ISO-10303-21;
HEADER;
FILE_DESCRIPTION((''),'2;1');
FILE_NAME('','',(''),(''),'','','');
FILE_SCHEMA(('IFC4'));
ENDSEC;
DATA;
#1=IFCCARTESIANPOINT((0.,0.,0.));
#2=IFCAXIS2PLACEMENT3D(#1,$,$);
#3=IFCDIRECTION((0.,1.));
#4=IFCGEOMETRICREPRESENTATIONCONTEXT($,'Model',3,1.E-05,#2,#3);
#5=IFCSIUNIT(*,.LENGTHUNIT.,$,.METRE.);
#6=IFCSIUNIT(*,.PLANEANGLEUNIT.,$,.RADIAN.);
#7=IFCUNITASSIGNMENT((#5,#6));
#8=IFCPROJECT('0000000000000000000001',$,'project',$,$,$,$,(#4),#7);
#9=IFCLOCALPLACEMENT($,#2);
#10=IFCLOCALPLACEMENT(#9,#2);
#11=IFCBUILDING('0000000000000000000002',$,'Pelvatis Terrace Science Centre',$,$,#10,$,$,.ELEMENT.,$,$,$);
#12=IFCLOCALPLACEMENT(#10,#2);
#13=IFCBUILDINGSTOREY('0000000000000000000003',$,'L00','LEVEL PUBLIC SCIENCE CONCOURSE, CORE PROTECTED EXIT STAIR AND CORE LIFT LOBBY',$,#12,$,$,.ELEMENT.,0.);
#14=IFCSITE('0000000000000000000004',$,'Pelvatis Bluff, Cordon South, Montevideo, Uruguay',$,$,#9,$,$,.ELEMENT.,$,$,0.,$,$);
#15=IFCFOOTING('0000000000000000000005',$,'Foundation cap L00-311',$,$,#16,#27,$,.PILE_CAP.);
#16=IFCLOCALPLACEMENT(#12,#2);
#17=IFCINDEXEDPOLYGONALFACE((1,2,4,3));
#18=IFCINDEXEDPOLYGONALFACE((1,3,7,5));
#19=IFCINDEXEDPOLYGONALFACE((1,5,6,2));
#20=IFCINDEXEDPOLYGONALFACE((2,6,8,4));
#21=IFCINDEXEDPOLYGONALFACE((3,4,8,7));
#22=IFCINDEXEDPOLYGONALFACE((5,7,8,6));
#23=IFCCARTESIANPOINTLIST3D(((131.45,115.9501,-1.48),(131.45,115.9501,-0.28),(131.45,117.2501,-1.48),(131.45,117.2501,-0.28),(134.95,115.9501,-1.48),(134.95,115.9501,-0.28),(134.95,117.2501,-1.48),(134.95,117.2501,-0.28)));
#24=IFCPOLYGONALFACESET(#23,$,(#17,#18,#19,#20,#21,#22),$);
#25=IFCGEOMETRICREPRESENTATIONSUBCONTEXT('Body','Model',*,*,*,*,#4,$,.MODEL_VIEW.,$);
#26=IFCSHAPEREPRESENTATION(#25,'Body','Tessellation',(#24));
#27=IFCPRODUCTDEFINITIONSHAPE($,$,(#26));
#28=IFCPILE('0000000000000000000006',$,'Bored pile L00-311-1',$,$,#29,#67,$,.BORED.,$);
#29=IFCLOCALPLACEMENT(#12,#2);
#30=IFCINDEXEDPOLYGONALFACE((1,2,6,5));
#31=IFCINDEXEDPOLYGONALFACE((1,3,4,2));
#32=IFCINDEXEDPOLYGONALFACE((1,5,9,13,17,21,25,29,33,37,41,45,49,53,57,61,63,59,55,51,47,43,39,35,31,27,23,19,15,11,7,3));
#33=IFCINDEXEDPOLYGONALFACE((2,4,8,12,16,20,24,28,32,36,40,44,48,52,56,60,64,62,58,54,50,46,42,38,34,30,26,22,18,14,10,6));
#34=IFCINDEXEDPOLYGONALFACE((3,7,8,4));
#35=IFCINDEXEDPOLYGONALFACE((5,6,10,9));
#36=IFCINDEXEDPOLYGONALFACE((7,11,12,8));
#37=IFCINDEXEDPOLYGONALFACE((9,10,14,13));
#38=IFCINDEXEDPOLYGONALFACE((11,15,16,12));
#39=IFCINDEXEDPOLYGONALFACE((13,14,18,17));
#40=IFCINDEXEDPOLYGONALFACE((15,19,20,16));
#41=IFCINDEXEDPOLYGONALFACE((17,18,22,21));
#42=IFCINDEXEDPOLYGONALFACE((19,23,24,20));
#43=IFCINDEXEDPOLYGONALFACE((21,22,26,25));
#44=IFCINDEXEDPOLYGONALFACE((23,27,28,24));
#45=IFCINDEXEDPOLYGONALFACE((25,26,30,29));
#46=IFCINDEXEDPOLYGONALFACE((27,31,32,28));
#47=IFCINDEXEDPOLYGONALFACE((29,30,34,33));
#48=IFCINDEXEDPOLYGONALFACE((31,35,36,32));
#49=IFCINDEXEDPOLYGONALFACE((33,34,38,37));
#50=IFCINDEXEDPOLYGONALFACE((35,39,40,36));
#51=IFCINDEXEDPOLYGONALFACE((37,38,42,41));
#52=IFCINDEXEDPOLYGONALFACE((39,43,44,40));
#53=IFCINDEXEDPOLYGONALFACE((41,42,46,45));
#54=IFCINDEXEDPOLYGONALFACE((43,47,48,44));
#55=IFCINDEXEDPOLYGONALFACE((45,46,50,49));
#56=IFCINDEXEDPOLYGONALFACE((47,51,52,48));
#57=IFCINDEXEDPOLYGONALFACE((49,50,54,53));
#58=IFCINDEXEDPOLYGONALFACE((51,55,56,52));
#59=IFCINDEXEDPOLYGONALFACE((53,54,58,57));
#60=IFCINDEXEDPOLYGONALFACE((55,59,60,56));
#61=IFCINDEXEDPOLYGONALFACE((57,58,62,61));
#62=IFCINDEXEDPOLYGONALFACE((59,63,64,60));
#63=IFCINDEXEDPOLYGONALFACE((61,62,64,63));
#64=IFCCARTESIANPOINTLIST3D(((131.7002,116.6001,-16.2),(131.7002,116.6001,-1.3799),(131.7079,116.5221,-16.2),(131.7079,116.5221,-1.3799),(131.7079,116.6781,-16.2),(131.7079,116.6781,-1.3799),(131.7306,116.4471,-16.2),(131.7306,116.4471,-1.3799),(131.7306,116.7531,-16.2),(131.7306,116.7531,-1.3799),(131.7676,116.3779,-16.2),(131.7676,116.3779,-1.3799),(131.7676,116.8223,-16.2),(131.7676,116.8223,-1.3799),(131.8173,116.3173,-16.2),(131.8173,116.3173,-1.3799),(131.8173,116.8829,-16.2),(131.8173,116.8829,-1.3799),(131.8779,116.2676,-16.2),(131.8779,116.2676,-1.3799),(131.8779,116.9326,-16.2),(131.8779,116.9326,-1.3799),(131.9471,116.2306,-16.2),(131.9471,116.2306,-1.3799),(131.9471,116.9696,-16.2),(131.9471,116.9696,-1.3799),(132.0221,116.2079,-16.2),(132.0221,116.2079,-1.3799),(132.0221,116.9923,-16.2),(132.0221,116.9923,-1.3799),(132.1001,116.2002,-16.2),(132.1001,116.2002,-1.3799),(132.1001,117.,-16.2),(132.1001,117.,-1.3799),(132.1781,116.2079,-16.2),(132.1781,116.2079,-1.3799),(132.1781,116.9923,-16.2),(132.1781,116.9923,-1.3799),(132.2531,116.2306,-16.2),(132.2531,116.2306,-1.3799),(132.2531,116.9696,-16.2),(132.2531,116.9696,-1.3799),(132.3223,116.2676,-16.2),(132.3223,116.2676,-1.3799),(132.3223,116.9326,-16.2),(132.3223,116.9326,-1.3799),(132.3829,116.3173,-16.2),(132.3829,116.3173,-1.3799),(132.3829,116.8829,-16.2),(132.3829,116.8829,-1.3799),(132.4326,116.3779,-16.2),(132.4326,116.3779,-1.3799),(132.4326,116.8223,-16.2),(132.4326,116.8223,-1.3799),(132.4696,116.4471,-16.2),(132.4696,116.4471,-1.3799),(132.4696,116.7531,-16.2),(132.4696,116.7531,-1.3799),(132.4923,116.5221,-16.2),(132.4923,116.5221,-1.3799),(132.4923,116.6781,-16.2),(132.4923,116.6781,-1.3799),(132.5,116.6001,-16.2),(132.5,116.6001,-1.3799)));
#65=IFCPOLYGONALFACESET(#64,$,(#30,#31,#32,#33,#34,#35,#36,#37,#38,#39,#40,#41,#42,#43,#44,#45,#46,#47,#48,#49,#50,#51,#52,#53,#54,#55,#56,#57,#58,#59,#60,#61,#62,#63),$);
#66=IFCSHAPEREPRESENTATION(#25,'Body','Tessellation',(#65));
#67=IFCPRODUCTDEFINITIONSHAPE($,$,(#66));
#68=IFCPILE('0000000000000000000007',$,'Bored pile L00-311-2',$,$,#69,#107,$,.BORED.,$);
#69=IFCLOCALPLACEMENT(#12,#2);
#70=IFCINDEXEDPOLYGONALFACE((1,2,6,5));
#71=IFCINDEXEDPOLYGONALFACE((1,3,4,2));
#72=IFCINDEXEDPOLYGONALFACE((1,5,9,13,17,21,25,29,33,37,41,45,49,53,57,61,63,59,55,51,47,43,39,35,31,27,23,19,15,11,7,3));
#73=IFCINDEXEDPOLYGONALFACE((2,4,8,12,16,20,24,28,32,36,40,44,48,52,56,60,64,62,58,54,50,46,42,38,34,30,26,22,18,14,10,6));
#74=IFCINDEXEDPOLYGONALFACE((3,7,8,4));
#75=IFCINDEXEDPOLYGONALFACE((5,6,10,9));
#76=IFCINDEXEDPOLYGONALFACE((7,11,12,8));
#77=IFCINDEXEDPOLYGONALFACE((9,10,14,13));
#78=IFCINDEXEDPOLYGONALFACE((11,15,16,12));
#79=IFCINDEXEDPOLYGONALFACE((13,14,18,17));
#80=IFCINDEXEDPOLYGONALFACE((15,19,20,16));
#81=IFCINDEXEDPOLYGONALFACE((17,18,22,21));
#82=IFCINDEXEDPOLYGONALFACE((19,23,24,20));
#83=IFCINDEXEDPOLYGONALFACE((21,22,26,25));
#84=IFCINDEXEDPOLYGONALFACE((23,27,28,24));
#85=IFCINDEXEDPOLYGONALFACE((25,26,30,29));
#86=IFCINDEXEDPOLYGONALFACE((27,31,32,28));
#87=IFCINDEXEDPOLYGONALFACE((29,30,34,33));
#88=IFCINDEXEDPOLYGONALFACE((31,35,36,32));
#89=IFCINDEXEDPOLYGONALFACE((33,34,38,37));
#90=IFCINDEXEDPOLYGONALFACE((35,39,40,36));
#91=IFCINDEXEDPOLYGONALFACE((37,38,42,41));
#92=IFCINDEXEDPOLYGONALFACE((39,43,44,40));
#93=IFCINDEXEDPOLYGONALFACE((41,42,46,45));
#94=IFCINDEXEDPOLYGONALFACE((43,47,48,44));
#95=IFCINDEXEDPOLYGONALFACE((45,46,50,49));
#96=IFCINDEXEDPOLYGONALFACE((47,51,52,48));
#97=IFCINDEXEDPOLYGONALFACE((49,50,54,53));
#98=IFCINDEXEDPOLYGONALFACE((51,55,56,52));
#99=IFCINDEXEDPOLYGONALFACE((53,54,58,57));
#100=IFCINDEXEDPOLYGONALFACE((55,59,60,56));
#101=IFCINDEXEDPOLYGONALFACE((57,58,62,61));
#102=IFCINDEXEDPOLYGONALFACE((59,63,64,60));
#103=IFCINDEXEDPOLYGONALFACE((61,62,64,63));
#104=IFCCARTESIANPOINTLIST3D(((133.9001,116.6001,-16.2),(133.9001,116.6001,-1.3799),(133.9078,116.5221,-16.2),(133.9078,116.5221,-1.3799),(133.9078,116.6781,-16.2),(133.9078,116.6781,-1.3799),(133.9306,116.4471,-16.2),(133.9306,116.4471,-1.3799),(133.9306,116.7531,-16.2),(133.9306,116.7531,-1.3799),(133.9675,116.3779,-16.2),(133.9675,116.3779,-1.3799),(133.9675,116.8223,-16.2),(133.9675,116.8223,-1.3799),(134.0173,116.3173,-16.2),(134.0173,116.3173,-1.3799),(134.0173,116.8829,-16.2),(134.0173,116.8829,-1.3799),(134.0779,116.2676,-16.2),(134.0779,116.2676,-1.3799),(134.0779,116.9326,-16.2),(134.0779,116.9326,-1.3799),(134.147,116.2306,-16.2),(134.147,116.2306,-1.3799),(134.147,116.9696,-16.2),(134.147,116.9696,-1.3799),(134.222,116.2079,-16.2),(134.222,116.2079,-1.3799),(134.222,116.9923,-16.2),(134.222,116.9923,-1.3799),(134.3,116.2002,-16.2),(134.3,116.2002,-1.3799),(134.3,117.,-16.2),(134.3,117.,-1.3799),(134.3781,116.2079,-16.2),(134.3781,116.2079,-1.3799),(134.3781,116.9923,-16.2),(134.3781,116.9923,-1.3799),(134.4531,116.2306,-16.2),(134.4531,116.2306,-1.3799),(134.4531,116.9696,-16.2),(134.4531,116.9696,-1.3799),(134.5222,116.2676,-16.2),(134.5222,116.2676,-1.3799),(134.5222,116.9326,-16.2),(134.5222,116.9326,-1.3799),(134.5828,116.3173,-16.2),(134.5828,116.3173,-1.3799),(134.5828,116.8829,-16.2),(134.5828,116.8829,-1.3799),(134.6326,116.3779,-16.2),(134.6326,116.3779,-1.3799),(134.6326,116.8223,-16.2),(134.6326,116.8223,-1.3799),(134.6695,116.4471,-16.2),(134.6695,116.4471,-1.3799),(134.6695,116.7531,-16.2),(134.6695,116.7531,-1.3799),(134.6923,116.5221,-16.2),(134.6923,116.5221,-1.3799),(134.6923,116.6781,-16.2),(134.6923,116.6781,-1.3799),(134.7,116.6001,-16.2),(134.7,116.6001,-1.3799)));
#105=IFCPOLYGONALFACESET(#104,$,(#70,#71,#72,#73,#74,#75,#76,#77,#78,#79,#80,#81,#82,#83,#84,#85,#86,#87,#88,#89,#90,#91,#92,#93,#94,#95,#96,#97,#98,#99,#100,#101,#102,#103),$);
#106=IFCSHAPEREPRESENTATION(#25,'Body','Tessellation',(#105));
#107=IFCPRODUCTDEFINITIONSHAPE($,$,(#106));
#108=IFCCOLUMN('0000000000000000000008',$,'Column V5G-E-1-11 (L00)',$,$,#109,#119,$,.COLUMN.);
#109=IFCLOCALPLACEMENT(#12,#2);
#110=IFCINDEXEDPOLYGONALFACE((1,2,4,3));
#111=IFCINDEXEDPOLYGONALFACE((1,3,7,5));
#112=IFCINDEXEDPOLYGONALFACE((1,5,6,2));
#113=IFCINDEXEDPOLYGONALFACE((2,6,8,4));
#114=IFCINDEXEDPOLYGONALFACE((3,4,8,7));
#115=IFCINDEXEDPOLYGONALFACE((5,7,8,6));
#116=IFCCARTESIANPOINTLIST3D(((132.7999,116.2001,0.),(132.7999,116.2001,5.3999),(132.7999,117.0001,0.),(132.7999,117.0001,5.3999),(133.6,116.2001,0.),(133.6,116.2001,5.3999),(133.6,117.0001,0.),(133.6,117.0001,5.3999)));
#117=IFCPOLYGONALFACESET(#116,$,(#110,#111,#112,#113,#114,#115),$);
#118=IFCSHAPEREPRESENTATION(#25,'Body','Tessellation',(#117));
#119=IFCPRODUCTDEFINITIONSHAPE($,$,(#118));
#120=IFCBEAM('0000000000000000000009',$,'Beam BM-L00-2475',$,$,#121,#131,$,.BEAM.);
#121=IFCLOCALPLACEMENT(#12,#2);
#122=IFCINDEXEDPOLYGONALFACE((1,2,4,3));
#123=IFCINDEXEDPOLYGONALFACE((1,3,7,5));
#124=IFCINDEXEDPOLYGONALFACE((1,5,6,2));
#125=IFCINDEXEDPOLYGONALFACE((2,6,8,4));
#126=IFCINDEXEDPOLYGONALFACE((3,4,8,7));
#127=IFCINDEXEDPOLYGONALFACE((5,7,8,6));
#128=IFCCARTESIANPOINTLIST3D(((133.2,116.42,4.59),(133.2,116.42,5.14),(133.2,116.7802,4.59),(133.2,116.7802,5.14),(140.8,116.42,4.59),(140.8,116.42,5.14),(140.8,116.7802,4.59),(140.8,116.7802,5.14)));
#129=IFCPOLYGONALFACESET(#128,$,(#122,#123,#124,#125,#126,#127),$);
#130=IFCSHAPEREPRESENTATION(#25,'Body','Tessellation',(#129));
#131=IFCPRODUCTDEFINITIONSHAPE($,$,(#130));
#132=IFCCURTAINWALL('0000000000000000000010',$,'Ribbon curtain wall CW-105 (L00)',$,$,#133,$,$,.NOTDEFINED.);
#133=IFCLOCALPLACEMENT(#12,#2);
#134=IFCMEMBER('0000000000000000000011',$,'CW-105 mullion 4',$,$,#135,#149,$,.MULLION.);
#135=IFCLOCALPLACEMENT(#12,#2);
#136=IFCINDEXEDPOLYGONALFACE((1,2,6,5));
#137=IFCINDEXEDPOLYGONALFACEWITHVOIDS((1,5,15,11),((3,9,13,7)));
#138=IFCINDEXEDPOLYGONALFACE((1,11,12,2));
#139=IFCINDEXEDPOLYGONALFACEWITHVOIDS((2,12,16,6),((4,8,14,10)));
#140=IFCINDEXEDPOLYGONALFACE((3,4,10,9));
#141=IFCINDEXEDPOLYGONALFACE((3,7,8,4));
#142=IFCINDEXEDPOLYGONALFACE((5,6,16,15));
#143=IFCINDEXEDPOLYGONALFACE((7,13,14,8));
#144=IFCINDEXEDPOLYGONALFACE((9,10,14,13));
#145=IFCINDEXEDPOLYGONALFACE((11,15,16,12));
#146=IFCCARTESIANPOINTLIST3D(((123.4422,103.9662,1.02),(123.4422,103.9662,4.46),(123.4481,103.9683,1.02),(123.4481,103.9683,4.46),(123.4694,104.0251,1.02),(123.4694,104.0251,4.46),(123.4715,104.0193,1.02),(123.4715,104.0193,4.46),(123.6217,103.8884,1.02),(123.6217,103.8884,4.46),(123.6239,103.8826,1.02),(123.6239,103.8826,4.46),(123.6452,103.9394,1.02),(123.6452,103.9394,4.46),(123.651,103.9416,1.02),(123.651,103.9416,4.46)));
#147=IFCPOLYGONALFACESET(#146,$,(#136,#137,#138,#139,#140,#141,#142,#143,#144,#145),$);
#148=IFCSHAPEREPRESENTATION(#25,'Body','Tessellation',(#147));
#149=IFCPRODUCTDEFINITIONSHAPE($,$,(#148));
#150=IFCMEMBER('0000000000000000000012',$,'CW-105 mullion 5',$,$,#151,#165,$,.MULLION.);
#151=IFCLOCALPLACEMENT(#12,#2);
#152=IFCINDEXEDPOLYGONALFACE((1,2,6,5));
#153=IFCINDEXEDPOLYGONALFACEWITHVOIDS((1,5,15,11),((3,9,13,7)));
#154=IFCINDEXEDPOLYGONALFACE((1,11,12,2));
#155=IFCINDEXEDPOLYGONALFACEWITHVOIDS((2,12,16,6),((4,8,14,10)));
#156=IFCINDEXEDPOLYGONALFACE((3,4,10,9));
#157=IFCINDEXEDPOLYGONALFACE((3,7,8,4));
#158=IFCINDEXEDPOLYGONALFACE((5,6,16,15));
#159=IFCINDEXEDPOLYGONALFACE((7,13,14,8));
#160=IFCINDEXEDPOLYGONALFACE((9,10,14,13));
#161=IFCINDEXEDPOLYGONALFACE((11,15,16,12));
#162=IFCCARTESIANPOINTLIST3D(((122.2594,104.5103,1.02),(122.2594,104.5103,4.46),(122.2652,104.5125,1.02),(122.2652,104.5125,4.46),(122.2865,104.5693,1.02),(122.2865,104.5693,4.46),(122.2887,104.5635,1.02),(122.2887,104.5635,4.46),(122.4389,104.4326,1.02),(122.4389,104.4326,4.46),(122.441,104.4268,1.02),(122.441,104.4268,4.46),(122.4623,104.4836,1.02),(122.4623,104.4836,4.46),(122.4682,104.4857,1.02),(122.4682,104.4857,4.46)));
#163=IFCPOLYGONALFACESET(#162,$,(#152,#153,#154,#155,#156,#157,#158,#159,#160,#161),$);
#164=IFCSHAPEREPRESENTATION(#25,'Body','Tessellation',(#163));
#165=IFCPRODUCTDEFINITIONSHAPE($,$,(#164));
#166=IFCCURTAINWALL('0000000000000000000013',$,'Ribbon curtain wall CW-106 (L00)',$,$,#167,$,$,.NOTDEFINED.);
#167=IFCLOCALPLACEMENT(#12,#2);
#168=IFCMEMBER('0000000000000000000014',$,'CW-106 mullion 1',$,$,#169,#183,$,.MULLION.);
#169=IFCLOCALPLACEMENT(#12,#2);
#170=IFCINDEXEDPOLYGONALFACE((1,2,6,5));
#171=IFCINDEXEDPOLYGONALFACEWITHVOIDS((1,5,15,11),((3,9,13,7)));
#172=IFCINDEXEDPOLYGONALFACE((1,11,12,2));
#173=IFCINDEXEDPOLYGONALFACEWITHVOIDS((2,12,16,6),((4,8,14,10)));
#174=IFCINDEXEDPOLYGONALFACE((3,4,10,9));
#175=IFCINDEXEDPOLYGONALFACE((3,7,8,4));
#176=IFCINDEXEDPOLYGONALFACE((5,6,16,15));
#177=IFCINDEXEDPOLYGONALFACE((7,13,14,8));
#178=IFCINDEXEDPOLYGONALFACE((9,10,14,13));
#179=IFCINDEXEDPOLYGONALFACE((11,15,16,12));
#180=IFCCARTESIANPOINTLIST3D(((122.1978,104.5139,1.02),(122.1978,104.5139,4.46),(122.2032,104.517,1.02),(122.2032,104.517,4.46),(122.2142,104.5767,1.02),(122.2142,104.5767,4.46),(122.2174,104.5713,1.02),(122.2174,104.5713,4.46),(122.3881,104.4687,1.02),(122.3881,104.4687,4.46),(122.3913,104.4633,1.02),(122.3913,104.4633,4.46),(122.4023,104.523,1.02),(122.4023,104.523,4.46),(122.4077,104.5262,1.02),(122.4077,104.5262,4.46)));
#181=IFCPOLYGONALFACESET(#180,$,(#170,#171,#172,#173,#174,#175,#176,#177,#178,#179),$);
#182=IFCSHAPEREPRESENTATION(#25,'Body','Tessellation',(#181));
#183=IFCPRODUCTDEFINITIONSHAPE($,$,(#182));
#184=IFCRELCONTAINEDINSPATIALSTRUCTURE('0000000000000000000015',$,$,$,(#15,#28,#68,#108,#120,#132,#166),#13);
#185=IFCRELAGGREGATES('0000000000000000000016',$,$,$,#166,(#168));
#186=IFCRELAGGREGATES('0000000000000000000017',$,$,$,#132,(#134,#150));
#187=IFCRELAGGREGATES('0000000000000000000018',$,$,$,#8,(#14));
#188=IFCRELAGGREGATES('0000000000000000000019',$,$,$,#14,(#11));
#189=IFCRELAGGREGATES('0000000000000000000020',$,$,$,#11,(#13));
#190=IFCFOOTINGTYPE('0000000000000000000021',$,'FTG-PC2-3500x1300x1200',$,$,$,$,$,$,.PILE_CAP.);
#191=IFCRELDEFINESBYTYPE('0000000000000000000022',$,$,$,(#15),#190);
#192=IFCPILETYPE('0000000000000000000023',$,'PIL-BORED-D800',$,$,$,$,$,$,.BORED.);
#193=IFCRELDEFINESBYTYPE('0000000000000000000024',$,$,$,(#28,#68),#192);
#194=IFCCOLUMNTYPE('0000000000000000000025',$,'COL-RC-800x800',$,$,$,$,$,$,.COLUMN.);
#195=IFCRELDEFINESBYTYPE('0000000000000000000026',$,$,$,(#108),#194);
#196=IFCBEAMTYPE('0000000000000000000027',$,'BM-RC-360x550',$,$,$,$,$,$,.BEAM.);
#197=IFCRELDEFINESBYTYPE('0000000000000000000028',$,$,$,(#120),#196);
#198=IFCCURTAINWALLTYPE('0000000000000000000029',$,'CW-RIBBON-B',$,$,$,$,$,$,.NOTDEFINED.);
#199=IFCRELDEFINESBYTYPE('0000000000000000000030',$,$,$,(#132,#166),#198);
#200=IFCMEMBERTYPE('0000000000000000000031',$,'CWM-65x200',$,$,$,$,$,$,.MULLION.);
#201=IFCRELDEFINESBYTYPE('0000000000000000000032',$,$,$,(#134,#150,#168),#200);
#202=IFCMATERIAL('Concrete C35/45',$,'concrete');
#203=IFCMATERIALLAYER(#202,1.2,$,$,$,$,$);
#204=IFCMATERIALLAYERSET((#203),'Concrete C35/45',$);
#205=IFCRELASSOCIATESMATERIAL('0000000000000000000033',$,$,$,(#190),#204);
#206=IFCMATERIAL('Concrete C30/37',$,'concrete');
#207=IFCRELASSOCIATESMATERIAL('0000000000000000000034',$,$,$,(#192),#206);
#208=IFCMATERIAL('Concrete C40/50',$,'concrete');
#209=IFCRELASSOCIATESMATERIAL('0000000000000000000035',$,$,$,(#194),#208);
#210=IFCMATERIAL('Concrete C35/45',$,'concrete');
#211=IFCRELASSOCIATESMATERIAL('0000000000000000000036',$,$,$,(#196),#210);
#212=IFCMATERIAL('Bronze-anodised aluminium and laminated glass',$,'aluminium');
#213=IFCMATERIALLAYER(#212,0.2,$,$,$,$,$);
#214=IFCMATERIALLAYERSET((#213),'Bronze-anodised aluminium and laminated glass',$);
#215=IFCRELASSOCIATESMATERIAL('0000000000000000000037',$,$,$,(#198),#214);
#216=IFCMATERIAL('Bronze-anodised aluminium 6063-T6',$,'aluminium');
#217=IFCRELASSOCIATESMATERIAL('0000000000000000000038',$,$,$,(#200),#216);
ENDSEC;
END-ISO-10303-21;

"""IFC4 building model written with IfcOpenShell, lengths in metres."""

from ifc_helpers import new_model, si_unit, direction, frame, origin, origin_2d, place, context, subcontext, project, spatial, rectangle, hollow_rectangle, circle, extrude, material, layer, layer_set, material_profile, profile_set, type_object, element, aggregate, save


model = new_model("IFC4")

# Units and contexts
model_context = context("Model", 3, precision=1e-05, world=origin(), true_north=direction((0.0, 1.0)))
body_context = subcontext(model_context, "Body", "Model", "MODEL_VIEW")
ifc_project = project(units=[si_unit("LENGTHUNIT", "METRE"), si_unit("PLANEANGLEUNIT", "RADIAN")], contexts=[model_context])

# Site, building, storey
site_placement = place(None, origin())
site = spatial("IfcSite", under=ifc_project, at=site_placement, Name="Pelvatis Bluff, Cordon South, Montevideo, Uruguay", CompositionType="ELEMENT", RefElevation=0.0)
building_placement = place(site_placement, origin())
building = spatial("IfcBuilding", under=site, at=building_placement, Name="Pelvatis Terrace Science Centre", CompositionType="ELEMENT")
storey_placement = place(building_placement, origin())
storey = spatial("IfcBuildingStorey", under=building, at=storey_placement, Name="L00", Description="LEVEL PUBLIC SCIENCE CONCOURSE, CORE PROTECTED EXIT STAIR AND CORE LIFT LOBBY", CompositionType="ELEMENT", Elevation=0.0)

# Footing
ifc_material_1 = material(Name="Concrete C35/45", Category="concrete")
ifc_layer_1 = layer(ifc_material_1, 1.2)
ifc_layer_set_1 = layer_set([ifc_layer_1], Name="Concrete C35/45")
footing_type = type_object("IfcFootingType", Name="FTG-PC2-3500x1300x1200", PredefinedType="PILE_CAP", material=ifc_layer_set_1)
footing_placement = place(storey_placement, frame((133.2, 116.6001, -1.48), z_axis=(0.0, 0.0, 1.0), x_axis=(1.0, 0.0, 0.0)))
element("IfcFooting", 1, at=footing_placement, inside=storey, type_object=footing_type, Name="Foundation cap L00-311", PredefinedType="PILE_CAP", context=body_context, shape_type="SweptSolid", body=[
    extrude(rectangle(XDim=3.5, YDim=1.3, at=origin_2d()), origin(), (0.0, 0.0, 1.0), 1.2),
])

# Piles
ifc_material_2 = material(Name="Concrete C30/37", Category="concrete")
ifc_material_profile_1 = material_profile(ifc_material_2, circle(Radius=0.3999, at=origin_2d()), Name="PILE D800")
ifc_profile_set_1 = profile_set([ifc_material_profile_1], Name="Concrete C30/37")
pile_type = type_object("IfcPileType", Name="PIL-BORED-D800", PredefinedType="BORED", material=ifc_profile_set_1)
for number, where, z_axis, x_axis, name in (
    (2, (132.1001, 116.6001, -1.3799), (0.0, 0.0, -1.0), (1.0, 0.0, 0.0), "Bored pile L00-311-1"),
    (3, (134.3, 116.6001, -1.3799), (0.0, 0.0, -1.0), (1.0, 0.0, 0.0), "Bored pile L00-311-2"),
):
    element("IfcPile", number, at=place(storey_placement, frame(where, z_axis=z_axis, x_axis=x_axis)), inside=storey, type_object=pile_type, Name=name, PredefinedType="BORED", context=body_context, shape_type="SweptSolid", body=[
        extrude(circle(Radius=0.3999, at=origin_2d()), origin(), (0.0, 0.0, 1.0), 14.8201),
    ])

# Column
ifc_material_3 = material(Name="Concrete C40/50", Category="concrete")
ifc_material_profile_2 = material_profile(ifc_material_3, rectangle(XDim=0.8, YDim=0.8, at=origin_2d()), Name="RC-COL 800x800")
ifc_profile_set_2 = profile_set([ifc_material_profile_2], Name="Concrete C40/50")
column_type = type_object("IfcColumnType", Name="COL-RC-800x800", PredefinedType="COLUMN", material=ifc_profile_set_2)
column_placement = place(storey_placement, frame((133.2, 116.6001, 0.0), z_axis=(0.0, 0.0, 1.0), x_axis=(1.0, 0.0, 0.0)))
element("IfcColumn", 4, at=column_placement, inside=storey, type_object=column_type, Name="Column V5G-E-1-11 (L00)", PredefinedType="COLUMN", context=body_context, shape_type="SweptSolid", body=[
    extrude(rectangle(XDim=0.8, YDim=0.8, at=origin_2d()), origin(), (0.0, 0.0, 1.0), 5.3999),
])

# Beam
ifc_material_4 = material(Name="Concrete C35/45", Category="concrete")
ifc_material_profile_3 = material_profile(ifc_material_4, rectangle(XDim=0.3601, YDim=0.55, at=origin_2d()), Name="RC-BM 360x550")
ifc_profile_set_3 = profile_set([ifc_material_profile_3], Name="Concrete C35/45")
beam_type = type_object("IfcBeamType", Name="BM-RC-360x550", PredefinedType="BEAM", material=ifc_profile_set_3)
beam_placement = place(storey_placement, frame((133.2, 116.6001, 4.865), z_axis=(1.0, 0.0, 0.0), x_axis=(0.0, 1.0, 0.0)))
element("IfcBeam", 5, at=beam_placement, inside=storey, type_object=beam_type, Name="Beam BM-L00-2475", PredefinedType="BEAM", context=body_context, shape_type="SweptSolid", body=[
    extrude(rectangle(XDim=0.3601, YDim=0.55, at=origin_2d()), origin(), (0.0, 0.0, 1.0), 7.6001),
])

# Curtain wall, members
ifc_material_5 = material(Name="Bronze-anodised aluminium and laminated glass", Category="aluminium")
ifc_layer_2 = layer(ifc_material_5, 0.2)
ifc_layer_set_2 = layer_set([ifc_layer_2], Name="Bronze-anodised aluminium and laminated glass")
curtain_wall_type = type_object("IfcCurtainWallType", Name="CW-RIBBON-B", PredefinedType="NOTDEFINED", material=ifc_layer_set_2)
curtain_wall_1_placement = place(storey_placement, origin())
curtain_wall_1 = element("IfcCurtainWall", 6, at=curtain_wall_1_placement, inside=storey, type_object=curtain_wall_type, Name="Ribbon curtain wall CW-105 (L00)", PredefinedType="NOTDEFINED")
ifc_material_6 = material(Name="Bronze-anodised aluminium 6063-T6", Category="aluminium")
ifc_material_profile_4 = material_profile(ifc_material_6, hollow_rectangle(XDim=0.0649, YDim=0.2, WallThickness=0.0044, at=origin_2d()), Name="ALU-MUL 65x200")
ifc_profile_set_4 = profile_set([ifc_material_profile_4], Name="Bronze-anodised aluminium 6063-T6")
member_type_1 = type_object("IfcMemberType", Name="CWM-65x200", PredefinedType="MULLION", material=ifc_profile_set_4)
member_1_placement = place(storey_placement, frame((123.5466, 103.9539, 1.02), z_axis=(0.0, 0.0, 1.0), x_axis=(-0.418057, -0.908421, 0.0)))
member_1 = element("IfcMember", 7, at=member_1_placement, type_object=member_type_1, Name="CW-105 mullion 4", PredefinedType="MULLION", context=body_context, shape_type="SweptSolid", body=[
    extrude(hollow_rectangle(XDim=0.0649, YDim=0.2, WallThickness=0.0044, at=origin_2d()), origin(), (0.0, 0.0, 1.0), 3.4399),
])
member_2_placement = place(storey_placement, frame((122.3638, 104.498, 1.02), z_axis=(0.0, 0.0, 1.0), x_axis=(-0.418057, -0.908421, 0.0)))
member_2 = element("IfcMember", 8, at=member_2_placement, type_object=member_type_1, Name="CW-105 mullion 5", PredefinedType="MULLION", context=body_context, shape_type="SweptSolid", body=[
    extrude(hollow_rectangle(XDim=0.0649, YDim=0.2, WallThickness=0.0044, at=origin_2d()), origin(), (0.0, 0.0, 1.0), 3.4399),
])

# Curtain wall, member
curtain_wall_2_placement = place(storey_placement, origin())
curtain_wall_2 = element("IfcCurtainWall", 9, at=curtain_wall_2_placement, inside=storey, type_object=curtain_wall_type, Name="Ribbon curtain wall CW-106 (L00)", PredefinedType="NOTDEFINED")
member_3_placement = place(storey_placement, frame((122.3027, 104.52, 1.02), z_axis=(0.0, 0.0, 1.0), x_axis=(-0.252698, -0.967545, 0.0)))
member_3 = element("IfcMember", 10, at=member_3_placement, type_object=member_type_1, Name="CW-106 mullion 1", PredefinedType="MULLION", context=body_context, shape_type="SweptSolid", body=[
    extrude(hollow_rectangle(XDim=0.0649, YDim=0.2, WallThickness=0.0044, at=origin_2d()), origin(), (0.0, 0.0, 1.0), 3.4399),
])

aggregate(curtain_wall_2, [member_3])

aggregate(curtain_wall_1, [member_1, member_2])

save(model, "model.ifc")
